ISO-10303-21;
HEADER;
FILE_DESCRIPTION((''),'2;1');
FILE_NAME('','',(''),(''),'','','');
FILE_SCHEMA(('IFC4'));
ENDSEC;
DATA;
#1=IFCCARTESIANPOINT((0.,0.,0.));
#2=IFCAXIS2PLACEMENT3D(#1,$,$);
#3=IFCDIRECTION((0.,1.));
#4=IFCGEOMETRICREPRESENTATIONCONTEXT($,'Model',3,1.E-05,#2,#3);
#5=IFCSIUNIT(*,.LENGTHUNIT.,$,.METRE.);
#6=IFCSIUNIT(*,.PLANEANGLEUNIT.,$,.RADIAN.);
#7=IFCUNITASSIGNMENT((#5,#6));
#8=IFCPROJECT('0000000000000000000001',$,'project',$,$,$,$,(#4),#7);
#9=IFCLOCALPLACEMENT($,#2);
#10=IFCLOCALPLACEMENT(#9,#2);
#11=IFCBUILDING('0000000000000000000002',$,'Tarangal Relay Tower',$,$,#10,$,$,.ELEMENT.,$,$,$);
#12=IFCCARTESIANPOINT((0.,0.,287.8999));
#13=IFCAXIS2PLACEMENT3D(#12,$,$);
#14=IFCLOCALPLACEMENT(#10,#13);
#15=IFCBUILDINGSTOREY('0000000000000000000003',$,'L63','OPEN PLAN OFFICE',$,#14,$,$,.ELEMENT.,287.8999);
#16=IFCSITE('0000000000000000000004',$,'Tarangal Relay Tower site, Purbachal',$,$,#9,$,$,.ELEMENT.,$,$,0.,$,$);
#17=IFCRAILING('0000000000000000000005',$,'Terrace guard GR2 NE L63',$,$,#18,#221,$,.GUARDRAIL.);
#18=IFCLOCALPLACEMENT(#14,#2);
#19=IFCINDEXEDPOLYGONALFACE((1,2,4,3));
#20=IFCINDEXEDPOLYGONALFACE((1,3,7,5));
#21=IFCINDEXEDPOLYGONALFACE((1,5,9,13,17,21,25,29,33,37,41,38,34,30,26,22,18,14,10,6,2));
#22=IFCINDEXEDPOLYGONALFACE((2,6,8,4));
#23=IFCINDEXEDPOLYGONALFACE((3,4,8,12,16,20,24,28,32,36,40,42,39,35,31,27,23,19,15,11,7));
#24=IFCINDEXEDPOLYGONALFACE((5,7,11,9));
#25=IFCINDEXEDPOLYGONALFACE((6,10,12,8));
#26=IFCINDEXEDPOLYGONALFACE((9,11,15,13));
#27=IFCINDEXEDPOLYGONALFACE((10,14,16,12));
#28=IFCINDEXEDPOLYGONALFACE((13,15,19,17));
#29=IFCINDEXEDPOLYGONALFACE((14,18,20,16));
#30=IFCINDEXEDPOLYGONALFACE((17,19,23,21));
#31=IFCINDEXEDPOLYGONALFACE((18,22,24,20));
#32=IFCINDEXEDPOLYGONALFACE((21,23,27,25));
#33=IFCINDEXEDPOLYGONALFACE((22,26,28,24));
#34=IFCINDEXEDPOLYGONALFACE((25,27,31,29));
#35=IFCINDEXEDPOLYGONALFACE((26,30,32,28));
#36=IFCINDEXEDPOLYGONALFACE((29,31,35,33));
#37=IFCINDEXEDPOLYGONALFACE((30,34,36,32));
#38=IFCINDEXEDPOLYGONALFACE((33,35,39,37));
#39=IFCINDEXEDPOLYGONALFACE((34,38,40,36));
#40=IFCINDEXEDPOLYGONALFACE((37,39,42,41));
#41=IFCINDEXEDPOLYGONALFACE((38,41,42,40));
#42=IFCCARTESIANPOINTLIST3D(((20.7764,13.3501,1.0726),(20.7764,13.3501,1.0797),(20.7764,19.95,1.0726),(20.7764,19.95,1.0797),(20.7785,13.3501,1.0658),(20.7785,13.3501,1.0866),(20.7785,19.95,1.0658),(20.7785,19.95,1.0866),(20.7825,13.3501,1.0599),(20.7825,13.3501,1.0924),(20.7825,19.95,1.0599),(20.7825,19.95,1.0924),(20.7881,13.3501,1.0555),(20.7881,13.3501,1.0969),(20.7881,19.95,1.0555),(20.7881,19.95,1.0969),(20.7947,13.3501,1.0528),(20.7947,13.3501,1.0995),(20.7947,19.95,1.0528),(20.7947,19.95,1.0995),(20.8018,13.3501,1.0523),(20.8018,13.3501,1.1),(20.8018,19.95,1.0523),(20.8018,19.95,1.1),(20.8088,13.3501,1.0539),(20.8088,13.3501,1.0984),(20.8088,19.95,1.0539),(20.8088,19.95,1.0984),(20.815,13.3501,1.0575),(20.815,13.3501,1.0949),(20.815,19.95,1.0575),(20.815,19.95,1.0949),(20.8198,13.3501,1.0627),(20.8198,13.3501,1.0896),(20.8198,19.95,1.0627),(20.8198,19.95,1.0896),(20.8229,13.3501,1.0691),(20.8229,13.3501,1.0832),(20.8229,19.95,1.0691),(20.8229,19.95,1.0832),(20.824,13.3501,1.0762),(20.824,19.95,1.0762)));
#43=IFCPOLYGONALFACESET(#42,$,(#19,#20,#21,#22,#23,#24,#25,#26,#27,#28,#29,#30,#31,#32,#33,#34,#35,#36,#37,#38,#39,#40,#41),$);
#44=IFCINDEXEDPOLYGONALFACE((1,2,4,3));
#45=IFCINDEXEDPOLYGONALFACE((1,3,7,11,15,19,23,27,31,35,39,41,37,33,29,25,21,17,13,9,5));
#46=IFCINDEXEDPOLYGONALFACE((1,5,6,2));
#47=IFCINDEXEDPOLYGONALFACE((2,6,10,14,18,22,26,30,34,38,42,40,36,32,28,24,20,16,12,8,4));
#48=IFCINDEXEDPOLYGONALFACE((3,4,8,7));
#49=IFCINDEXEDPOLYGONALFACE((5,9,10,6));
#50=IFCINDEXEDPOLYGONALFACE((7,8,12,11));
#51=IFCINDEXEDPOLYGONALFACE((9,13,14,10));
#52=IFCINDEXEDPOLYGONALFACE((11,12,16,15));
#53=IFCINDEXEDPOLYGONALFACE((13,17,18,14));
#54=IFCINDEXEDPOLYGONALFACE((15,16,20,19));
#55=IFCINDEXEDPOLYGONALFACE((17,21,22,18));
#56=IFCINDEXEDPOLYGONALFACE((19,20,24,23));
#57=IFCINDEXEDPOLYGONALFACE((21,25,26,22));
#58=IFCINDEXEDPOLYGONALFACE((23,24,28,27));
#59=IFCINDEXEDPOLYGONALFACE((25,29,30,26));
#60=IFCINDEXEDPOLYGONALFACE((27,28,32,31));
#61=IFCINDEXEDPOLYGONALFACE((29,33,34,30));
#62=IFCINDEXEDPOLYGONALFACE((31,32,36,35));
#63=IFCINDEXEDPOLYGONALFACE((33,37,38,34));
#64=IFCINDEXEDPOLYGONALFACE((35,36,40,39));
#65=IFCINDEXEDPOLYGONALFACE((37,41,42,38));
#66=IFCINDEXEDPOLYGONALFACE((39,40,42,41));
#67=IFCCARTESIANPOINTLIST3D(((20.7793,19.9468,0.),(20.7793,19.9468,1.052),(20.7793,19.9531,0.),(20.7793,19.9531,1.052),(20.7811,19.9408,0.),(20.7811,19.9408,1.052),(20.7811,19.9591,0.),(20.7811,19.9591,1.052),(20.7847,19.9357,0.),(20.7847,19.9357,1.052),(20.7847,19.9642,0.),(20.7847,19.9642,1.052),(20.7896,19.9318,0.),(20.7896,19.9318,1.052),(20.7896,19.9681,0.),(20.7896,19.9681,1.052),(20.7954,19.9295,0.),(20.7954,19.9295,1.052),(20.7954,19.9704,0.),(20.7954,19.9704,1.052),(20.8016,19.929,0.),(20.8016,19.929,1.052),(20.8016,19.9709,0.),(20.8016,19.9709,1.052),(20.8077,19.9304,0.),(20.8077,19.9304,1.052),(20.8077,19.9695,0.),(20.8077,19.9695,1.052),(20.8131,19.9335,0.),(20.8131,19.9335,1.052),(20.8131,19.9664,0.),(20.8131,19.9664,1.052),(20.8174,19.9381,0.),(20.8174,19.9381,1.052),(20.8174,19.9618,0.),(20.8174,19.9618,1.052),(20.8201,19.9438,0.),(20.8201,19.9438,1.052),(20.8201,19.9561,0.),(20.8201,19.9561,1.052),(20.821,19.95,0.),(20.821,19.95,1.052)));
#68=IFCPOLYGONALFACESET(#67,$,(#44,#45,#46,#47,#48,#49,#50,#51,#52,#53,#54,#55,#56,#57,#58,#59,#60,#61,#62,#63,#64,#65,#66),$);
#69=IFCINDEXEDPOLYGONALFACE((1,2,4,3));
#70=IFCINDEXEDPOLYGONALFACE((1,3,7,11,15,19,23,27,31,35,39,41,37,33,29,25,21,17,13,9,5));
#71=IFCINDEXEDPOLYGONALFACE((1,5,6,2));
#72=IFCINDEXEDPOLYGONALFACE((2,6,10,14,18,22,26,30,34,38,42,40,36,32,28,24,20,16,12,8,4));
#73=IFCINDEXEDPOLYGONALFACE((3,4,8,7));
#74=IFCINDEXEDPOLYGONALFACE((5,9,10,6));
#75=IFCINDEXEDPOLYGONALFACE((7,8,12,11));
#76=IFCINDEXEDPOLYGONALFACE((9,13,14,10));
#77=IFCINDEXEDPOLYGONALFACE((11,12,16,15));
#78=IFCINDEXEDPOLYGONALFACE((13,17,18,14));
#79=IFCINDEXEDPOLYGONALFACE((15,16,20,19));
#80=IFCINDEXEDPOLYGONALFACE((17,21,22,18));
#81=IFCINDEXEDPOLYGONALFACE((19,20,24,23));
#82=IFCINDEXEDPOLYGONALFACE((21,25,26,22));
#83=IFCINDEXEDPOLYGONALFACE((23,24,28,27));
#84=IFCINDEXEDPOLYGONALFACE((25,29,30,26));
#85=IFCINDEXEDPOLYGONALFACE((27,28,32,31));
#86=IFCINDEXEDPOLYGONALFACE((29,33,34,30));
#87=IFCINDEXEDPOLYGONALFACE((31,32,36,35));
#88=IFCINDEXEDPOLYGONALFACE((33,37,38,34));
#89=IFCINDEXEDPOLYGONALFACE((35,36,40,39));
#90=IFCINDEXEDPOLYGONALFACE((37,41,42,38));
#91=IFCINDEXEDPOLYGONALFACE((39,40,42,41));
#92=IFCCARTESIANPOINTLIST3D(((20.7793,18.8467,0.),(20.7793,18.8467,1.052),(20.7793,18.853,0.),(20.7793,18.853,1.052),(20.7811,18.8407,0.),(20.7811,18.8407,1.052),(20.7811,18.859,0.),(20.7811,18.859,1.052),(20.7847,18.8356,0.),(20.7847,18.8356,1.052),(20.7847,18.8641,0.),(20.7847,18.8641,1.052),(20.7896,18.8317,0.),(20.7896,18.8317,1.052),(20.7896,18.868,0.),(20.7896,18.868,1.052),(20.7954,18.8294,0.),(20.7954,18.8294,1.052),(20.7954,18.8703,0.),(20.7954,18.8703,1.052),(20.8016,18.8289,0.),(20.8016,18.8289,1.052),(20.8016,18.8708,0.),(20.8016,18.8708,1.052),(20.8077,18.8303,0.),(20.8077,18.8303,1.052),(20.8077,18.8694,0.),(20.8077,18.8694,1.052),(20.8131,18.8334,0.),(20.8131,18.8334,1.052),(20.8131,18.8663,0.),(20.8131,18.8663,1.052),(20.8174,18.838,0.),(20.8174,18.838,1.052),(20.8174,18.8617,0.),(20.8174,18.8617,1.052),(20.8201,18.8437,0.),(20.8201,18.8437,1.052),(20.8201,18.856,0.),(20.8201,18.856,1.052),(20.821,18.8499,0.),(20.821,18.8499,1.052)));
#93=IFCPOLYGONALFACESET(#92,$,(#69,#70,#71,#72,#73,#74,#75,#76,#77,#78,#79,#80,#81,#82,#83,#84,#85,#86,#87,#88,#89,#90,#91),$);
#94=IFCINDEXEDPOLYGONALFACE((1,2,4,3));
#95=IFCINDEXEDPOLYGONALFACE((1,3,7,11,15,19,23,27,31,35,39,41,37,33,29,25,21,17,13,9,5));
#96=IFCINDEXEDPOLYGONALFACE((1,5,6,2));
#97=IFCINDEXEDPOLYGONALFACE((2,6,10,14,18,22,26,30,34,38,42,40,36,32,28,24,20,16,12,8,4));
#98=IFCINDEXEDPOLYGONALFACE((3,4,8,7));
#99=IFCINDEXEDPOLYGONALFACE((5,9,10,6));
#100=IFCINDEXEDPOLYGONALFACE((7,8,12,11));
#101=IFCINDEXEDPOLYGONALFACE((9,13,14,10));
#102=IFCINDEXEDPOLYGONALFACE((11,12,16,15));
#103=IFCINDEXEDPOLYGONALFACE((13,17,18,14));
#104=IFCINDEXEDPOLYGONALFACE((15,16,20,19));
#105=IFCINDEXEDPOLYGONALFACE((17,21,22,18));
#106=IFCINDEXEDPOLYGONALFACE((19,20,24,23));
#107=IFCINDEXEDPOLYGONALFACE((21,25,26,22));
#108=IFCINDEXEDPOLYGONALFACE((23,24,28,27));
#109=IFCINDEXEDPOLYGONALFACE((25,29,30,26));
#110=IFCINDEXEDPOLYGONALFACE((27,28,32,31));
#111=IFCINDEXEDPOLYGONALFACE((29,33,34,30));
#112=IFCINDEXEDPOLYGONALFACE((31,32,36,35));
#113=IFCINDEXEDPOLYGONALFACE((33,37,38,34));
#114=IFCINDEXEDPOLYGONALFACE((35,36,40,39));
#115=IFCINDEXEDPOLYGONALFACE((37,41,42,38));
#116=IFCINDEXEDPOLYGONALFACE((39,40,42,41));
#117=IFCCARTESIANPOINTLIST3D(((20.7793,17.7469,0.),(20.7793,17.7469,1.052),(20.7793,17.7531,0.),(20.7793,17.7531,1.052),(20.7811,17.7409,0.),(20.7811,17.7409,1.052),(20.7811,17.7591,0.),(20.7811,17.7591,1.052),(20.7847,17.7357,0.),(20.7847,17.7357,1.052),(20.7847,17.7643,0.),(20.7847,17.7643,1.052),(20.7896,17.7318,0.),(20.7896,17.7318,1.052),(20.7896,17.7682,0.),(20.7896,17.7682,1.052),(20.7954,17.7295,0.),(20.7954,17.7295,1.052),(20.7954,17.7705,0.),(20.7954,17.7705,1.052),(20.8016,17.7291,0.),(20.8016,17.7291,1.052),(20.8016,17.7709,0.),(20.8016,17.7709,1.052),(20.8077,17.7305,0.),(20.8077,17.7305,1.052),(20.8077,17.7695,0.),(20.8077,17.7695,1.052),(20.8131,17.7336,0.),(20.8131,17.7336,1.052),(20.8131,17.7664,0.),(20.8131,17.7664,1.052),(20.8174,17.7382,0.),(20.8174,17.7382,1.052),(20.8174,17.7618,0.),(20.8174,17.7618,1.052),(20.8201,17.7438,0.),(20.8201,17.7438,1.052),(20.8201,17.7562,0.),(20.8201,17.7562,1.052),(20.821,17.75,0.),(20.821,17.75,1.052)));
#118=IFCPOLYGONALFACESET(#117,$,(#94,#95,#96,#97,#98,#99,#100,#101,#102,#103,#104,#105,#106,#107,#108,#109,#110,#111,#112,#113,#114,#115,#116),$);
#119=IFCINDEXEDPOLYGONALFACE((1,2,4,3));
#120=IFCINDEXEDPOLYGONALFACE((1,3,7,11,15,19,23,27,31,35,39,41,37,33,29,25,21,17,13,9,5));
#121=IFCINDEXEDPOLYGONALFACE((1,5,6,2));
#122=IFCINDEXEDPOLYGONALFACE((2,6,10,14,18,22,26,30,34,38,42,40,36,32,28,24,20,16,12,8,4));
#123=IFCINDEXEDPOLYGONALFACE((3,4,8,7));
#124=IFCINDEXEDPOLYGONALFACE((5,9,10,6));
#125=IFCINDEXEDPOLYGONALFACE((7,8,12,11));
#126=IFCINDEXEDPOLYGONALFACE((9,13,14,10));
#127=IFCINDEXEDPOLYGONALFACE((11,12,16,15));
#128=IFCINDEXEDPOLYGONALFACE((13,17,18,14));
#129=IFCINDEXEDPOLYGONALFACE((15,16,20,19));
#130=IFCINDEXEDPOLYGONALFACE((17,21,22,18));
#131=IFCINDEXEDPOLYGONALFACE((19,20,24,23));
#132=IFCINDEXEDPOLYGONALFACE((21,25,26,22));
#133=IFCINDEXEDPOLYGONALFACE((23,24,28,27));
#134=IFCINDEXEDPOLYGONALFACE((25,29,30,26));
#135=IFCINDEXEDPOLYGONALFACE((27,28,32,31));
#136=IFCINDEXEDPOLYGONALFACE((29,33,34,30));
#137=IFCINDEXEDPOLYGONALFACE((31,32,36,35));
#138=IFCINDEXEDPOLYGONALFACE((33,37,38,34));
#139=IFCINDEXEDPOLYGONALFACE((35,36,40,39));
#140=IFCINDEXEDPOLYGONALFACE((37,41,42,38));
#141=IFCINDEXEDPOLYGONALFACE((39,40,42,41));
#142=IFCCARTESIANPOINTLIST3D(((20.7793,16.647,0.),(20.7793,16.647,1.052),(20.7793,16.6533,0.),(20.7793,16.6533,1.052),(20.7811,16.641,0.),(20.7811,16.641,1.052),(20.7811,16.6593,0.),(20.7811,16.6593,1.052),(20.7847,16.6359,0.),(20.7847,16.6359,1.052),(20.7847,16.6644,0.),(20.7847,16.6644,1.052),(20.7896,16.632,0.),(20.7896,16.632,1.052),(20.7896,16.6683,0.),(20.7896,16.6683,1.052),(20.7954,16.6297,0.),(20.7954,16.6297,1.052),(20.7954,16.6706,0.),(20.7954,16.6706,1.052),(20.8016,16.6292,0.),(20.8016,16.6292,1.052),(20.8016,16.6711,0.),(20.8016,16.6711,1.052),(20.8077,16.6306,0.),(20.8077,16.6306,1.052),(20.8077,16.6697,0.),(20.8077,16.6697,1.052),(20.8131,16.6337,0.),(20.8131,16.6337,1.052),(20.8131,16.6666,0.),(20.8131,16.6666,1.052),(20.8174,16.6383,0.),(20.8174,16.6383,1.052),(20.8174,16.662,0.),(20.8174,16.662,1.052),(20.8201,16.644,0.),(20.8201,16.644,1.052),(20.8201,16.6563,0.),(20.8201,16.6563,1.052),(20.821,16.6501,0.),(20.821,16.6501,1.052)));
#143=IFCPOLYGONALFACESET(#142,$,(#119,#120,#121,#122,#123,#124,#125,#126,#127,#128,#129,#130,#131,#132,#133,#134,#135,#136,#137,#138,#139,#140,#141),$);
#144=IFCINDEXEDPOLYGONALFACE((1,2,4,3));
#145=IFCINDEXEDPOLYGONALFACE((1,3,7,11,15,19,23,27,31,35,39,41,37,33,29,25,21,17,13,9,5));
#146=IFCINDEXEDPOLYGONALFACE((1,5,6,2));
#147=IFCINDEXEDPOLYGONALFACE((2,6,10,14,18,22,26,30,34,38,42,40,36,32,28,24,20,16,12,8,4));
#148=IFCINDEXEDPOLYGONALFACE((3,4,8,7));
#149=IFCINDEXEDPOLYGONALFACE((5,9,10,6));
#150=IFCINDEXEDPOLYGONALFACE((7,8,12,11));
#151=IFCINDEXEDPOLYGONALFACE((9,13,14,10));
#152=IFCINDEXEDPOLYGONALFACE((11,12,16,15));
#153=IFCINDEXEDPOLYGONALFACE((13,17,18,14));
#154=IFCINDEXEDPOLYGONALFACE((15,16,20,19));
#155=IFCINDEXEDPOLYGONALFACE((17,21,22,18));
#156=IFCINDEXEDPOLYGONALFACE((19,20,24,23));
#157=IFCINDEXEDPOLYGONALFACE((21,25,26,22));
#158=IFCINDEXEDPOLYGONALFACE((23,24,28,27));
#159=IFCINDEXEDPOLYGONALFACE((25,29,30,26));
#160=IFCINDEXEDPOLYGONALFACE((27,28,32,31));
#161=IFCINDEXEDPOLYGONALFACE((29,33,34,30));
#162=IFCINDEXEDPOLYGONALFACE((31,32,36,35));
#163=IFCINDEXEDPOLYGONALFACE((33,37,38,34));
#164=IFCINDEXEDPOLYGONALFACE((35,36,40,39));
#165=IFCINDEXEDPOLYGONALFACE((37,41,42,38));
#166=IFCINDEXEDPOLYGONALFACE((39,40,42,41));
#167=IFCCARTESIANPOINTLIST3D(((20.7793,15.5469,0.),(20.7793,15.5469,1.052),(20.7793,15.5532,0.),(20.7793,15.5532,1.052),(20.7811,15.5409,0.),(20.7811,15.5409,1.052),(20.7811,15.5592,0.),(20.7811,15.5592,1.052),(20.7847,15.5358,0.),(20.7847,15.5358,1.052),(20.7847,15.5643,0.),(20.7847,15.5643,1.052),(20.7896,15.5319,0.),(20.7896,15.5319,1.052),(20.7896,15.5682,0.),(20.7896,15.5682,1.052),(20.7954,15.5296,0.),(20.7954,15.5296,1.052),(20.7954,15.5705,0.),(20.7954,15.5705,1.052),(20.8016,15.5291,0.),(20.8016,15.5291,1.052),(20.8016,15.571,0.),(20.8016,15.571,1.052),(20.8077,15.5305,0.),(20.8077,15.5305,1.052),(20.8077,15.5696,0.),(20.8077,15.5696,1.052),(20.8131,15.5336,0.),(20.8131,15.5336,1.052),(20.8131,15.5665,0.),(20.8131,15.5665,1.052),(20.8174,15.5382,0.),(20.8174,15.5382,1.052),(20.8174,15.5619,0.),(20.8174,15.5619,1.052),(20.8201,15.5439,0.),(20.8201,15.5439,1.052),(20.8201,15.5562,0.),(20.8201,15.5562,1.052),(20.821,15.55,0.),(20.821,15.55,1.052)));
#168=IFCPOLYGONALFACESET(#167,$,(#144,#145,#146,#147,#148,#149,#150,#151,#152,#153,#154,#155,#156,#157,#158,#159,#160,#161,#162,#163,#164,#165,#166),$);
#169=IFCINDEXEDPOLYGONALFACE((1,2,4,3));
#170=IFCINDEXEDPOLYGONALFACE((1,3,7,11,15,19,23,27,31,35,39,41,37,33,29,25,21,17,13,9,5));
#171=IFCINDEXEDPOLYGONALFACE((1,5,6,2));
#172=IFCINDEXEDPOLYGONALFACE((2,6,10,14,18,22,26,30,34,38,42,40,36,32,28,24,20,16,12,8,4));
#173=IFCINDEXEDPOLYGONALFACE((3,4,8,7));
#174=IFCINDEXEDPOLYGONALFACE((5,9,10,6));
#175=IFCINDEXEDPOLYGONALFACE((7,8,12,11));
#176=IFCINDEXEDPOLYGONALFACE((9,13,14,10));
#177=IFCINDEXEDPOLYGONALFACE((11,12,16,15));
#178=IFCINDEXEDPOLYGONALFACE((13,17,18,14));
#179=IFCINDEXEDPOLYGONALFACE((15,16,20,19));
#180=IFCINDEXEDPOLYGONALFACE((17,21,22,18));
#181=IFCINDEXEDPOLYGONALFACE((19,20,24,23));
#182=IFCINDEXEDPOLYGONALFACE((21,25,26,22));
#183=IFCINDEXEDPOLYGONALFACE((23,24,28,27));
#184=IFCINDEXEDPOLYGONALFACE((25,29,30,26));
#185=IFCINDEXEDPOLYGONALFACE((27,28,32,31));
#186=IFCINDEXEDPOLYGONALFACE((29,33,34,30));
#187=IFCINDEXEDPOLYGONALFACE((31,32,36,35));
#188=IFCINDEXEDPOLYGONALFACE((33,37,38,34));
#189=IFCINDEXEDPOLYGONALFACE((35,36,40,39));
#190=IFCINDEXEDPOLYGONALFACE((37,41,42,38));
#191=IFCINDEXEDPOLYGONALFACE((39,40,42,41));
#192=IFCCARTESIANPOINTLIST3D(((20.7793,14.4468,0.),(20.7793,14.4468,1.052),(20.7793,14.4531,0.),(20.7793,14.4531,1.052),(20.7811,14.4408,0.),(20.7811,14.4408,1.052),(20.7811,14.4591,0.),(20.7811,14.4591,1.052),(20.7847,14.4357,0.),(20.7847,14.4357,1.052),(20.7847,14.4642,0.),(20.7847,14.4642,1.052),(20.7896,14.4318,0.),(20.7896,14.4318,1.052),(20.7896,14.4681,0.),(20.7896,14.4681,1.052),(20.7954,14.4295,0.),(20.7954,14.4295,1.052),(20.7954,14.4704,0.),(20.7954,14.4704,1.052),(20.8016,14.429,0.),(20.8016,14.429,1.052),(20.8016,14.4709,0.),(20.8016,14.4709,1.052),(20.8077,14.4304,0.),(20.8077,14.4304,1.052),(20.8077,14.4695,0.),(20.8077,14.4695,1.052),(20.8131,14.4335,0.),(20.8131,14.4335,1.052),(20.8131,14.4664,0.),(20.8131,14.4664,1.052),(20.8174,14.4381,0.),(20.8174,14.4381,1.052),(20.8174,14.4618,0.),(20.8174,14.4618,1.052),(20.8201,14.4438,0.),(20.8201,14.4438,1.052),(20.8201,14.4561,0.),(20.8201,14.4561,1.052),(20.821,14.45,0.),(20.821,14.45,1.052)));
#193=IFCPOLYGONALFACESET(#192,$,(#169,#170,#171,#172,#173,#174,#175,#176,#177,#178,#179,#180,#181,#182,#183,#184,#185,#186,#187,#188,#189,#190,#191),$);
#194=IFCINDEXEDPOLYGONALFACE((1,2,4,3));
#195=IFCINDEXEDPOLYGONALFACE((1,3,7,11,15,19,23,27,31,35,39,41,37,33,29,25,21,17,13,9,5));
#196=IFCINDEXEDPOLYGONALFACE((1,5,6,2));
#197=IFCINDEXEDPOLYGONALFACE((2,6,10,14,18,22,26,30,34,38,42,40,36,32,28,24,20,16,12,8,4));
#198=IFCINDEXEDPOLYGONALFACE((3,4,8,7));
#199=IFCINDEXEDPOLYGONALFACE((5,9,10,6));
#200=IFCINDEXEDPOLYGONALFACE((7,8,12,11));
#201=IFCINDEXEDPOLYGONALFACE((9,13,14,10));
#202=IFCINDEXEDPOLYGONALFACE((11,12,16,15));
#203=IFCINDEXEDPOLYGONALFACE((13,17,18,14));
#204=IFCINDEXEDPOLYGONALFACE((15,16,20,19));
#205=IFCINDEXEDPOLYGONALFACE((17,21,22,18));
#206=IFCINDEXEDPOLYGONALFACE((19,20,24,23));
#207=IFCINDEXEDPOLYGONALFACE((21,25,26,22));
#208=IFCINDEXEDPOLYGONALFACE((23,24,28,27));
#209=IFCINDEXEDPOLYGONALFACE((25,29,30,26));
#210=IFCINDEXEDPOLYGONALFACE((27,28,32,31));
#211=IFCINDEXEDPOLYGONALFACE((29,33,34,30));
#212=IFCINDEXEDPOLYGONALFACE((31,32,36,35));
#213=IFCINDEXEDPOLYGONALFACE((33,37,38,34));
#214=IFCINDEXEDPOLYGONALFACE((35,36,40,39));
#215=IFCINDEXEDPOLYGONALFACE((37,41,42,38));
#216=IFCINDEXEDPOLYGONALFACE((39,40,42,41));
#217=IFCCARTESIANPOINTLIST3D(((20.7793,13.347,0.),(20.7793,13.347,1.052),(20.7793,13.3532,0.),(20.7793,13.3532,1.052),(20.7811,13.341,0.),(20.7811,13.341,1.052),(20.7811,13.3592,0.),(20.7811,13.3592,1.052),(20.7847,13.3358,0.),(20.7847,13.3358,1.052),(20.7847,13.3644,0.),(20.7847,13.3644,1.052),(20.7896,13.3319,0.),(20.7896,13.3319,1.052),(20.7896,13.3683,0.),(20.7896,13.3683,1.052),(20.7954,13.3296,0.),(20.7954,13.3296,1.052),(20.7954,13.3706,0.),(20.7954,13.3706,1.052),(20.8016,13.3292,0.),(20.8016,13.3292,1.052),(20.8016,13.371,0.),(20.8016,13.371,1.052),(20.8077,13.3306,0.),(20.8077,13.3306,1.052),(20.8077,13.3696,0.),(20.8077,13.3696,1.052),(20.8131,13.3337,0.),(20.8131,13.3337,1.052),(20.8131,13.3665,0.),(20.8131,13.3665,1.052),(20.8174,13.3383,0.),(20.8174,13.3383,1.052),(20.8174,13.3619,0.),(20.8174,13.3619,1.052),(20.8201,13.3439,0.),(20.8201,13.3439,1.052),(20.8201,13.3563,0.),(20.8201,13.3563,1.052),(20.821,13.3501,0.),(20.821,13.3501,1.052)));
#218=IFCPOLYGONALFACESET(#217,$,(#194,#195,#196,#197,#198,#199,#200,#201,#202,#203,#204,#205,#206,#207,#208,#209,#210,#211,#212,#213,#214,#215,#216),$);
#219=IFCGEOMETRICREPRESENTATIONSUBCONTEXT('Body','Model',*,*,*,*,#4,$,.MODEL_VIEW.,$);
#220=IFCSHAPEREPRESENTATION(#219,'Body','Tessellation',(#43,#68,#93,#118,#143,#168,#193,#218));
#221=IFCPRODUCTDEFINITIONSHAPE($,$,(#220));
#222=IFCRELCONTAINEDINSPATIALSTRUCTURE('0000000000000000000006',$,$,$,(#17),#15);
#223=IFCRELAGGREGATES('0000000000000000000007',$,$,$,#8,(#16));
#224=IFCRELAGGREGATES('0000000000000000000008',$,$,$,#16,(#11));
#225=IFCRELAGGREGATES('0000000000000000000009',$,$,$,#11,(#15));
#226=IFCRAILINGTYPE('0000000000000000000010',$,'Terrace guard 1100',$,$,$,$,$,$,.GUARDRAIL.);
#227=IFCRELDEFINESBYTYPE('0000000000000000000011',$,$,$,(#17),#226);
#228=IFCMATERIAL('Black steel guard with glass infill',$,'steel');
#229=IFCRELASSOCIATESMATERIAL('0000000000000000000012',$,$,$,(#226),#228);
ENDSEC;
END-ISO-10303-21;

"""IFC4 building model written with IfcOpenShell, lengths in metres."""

from ifc_helpers import new_model, si_unit, direction, frame, origin, origin_2d, place, context, subcontext, project, spatial, circle, extrude, material, type_object, element, save


model = new_model("IFC4")

# Units and contexts
model_context = context("Model", 3, precision=1e-05, world=origin(), true_north=direction((0.0, 1.0)))
body_context = subcontext(model_context, "Body", "Model", "MODEL_VIEW")
ifc_project = project(units=[si_unit("LENGTHUNIT", "METRE"), si_unit("PLANEANGLEUNIT", "RADIAN")], contexts=[model_context])

# Site, building, storey
site_placement = place(None, origin())
site = spatial("IfcSite", under=ifc_project, at=site_placement, Name="Tarangal Relay Tower site, Purbachal", CompositionType="ELEMENT", RefElevation=0.0)
building_placement = place(site_placement, origin())
building = spatial("IfcBuilding", under=site, at=building_placement, Name="Tarangal Relay Tower", CompositionType="ELEMENT")
storey_placement = place(building_placement, frame((0.0, 0.0, 287.8999)))
storey = spatial("IfcBuildingStorey", under=building, at=storey_placement, Name="L63", Description="OPEN PLAN OFFICE", CompositionType="ELEMENT", Elevation=287.8999)

# Railing
ifc_material_1 = material(Name="Black steel guard with glass infill", Category="steel")
railing_type = type_object("IfcRailingType", Name="Terrace guard 1100", PredefinedType="GUARDRAIL", material=ifc_material_1)
railing_1_placement = place(storey_placement, frame((20.8, 19.95, 0.0)))
element("IfcRailing", 1, at=railing_1_placement, inside=storey, type_object=railing_type, Name="Terrace guard GR2 NE L63", PredefinedType="GUARDRAIL", context=body_context, shape_type="SweptSolid", body=[
    extrude(circle(Radius=0.0239, at=origin_2d()), frame((0.0, 0.0, 1.0762), z_axis=(0.0, -1.0, 0.0), x_axis=(1.0, 0.0, 0.0)), (0.0, 0.0, 1.0), 6.5999),
    extrude(circle(Radius=0.021, at=origin_2d()), origin(), (0.0, 0.0, 1.0), 1.052),
    extrude(circle(Radius=0.021, at=origin_2d()), frame((0.0, -1.1001, 0.0)), (0.0, 0.0, 1.0), 1.052),
    extrude(circle(Radius=0.021, at=origin_2d()), frame((0.0, -2.2, 0.0)), (0.0, 0.0, 1.0), 1.052),
    extrude(circle(Radius=0.021, at=origin_2d()), frame((0.0, -3.2998, 0.0)), (0.0, 0.0, 1.0), 1.052),
    extrude(circle(Radius=0.021, at=origin_2d()), frame((0.0, -4.3999, 0.0)), (0.0, 0.0, 1.0), 1.052),
    extrude(circle(Radius=0.021, at=origin_2d()), frame((0.0, -5.5, 0.0)), (0.0, 0.0, 1.0), 1.052),
    extrude(circle(Radius=0.021, at=origin_2d()), frame((0.0, -6.5999, 0.0)), (0.0, 0.0, 1.0), 1.052),
])

save(model, "model.ifc")
